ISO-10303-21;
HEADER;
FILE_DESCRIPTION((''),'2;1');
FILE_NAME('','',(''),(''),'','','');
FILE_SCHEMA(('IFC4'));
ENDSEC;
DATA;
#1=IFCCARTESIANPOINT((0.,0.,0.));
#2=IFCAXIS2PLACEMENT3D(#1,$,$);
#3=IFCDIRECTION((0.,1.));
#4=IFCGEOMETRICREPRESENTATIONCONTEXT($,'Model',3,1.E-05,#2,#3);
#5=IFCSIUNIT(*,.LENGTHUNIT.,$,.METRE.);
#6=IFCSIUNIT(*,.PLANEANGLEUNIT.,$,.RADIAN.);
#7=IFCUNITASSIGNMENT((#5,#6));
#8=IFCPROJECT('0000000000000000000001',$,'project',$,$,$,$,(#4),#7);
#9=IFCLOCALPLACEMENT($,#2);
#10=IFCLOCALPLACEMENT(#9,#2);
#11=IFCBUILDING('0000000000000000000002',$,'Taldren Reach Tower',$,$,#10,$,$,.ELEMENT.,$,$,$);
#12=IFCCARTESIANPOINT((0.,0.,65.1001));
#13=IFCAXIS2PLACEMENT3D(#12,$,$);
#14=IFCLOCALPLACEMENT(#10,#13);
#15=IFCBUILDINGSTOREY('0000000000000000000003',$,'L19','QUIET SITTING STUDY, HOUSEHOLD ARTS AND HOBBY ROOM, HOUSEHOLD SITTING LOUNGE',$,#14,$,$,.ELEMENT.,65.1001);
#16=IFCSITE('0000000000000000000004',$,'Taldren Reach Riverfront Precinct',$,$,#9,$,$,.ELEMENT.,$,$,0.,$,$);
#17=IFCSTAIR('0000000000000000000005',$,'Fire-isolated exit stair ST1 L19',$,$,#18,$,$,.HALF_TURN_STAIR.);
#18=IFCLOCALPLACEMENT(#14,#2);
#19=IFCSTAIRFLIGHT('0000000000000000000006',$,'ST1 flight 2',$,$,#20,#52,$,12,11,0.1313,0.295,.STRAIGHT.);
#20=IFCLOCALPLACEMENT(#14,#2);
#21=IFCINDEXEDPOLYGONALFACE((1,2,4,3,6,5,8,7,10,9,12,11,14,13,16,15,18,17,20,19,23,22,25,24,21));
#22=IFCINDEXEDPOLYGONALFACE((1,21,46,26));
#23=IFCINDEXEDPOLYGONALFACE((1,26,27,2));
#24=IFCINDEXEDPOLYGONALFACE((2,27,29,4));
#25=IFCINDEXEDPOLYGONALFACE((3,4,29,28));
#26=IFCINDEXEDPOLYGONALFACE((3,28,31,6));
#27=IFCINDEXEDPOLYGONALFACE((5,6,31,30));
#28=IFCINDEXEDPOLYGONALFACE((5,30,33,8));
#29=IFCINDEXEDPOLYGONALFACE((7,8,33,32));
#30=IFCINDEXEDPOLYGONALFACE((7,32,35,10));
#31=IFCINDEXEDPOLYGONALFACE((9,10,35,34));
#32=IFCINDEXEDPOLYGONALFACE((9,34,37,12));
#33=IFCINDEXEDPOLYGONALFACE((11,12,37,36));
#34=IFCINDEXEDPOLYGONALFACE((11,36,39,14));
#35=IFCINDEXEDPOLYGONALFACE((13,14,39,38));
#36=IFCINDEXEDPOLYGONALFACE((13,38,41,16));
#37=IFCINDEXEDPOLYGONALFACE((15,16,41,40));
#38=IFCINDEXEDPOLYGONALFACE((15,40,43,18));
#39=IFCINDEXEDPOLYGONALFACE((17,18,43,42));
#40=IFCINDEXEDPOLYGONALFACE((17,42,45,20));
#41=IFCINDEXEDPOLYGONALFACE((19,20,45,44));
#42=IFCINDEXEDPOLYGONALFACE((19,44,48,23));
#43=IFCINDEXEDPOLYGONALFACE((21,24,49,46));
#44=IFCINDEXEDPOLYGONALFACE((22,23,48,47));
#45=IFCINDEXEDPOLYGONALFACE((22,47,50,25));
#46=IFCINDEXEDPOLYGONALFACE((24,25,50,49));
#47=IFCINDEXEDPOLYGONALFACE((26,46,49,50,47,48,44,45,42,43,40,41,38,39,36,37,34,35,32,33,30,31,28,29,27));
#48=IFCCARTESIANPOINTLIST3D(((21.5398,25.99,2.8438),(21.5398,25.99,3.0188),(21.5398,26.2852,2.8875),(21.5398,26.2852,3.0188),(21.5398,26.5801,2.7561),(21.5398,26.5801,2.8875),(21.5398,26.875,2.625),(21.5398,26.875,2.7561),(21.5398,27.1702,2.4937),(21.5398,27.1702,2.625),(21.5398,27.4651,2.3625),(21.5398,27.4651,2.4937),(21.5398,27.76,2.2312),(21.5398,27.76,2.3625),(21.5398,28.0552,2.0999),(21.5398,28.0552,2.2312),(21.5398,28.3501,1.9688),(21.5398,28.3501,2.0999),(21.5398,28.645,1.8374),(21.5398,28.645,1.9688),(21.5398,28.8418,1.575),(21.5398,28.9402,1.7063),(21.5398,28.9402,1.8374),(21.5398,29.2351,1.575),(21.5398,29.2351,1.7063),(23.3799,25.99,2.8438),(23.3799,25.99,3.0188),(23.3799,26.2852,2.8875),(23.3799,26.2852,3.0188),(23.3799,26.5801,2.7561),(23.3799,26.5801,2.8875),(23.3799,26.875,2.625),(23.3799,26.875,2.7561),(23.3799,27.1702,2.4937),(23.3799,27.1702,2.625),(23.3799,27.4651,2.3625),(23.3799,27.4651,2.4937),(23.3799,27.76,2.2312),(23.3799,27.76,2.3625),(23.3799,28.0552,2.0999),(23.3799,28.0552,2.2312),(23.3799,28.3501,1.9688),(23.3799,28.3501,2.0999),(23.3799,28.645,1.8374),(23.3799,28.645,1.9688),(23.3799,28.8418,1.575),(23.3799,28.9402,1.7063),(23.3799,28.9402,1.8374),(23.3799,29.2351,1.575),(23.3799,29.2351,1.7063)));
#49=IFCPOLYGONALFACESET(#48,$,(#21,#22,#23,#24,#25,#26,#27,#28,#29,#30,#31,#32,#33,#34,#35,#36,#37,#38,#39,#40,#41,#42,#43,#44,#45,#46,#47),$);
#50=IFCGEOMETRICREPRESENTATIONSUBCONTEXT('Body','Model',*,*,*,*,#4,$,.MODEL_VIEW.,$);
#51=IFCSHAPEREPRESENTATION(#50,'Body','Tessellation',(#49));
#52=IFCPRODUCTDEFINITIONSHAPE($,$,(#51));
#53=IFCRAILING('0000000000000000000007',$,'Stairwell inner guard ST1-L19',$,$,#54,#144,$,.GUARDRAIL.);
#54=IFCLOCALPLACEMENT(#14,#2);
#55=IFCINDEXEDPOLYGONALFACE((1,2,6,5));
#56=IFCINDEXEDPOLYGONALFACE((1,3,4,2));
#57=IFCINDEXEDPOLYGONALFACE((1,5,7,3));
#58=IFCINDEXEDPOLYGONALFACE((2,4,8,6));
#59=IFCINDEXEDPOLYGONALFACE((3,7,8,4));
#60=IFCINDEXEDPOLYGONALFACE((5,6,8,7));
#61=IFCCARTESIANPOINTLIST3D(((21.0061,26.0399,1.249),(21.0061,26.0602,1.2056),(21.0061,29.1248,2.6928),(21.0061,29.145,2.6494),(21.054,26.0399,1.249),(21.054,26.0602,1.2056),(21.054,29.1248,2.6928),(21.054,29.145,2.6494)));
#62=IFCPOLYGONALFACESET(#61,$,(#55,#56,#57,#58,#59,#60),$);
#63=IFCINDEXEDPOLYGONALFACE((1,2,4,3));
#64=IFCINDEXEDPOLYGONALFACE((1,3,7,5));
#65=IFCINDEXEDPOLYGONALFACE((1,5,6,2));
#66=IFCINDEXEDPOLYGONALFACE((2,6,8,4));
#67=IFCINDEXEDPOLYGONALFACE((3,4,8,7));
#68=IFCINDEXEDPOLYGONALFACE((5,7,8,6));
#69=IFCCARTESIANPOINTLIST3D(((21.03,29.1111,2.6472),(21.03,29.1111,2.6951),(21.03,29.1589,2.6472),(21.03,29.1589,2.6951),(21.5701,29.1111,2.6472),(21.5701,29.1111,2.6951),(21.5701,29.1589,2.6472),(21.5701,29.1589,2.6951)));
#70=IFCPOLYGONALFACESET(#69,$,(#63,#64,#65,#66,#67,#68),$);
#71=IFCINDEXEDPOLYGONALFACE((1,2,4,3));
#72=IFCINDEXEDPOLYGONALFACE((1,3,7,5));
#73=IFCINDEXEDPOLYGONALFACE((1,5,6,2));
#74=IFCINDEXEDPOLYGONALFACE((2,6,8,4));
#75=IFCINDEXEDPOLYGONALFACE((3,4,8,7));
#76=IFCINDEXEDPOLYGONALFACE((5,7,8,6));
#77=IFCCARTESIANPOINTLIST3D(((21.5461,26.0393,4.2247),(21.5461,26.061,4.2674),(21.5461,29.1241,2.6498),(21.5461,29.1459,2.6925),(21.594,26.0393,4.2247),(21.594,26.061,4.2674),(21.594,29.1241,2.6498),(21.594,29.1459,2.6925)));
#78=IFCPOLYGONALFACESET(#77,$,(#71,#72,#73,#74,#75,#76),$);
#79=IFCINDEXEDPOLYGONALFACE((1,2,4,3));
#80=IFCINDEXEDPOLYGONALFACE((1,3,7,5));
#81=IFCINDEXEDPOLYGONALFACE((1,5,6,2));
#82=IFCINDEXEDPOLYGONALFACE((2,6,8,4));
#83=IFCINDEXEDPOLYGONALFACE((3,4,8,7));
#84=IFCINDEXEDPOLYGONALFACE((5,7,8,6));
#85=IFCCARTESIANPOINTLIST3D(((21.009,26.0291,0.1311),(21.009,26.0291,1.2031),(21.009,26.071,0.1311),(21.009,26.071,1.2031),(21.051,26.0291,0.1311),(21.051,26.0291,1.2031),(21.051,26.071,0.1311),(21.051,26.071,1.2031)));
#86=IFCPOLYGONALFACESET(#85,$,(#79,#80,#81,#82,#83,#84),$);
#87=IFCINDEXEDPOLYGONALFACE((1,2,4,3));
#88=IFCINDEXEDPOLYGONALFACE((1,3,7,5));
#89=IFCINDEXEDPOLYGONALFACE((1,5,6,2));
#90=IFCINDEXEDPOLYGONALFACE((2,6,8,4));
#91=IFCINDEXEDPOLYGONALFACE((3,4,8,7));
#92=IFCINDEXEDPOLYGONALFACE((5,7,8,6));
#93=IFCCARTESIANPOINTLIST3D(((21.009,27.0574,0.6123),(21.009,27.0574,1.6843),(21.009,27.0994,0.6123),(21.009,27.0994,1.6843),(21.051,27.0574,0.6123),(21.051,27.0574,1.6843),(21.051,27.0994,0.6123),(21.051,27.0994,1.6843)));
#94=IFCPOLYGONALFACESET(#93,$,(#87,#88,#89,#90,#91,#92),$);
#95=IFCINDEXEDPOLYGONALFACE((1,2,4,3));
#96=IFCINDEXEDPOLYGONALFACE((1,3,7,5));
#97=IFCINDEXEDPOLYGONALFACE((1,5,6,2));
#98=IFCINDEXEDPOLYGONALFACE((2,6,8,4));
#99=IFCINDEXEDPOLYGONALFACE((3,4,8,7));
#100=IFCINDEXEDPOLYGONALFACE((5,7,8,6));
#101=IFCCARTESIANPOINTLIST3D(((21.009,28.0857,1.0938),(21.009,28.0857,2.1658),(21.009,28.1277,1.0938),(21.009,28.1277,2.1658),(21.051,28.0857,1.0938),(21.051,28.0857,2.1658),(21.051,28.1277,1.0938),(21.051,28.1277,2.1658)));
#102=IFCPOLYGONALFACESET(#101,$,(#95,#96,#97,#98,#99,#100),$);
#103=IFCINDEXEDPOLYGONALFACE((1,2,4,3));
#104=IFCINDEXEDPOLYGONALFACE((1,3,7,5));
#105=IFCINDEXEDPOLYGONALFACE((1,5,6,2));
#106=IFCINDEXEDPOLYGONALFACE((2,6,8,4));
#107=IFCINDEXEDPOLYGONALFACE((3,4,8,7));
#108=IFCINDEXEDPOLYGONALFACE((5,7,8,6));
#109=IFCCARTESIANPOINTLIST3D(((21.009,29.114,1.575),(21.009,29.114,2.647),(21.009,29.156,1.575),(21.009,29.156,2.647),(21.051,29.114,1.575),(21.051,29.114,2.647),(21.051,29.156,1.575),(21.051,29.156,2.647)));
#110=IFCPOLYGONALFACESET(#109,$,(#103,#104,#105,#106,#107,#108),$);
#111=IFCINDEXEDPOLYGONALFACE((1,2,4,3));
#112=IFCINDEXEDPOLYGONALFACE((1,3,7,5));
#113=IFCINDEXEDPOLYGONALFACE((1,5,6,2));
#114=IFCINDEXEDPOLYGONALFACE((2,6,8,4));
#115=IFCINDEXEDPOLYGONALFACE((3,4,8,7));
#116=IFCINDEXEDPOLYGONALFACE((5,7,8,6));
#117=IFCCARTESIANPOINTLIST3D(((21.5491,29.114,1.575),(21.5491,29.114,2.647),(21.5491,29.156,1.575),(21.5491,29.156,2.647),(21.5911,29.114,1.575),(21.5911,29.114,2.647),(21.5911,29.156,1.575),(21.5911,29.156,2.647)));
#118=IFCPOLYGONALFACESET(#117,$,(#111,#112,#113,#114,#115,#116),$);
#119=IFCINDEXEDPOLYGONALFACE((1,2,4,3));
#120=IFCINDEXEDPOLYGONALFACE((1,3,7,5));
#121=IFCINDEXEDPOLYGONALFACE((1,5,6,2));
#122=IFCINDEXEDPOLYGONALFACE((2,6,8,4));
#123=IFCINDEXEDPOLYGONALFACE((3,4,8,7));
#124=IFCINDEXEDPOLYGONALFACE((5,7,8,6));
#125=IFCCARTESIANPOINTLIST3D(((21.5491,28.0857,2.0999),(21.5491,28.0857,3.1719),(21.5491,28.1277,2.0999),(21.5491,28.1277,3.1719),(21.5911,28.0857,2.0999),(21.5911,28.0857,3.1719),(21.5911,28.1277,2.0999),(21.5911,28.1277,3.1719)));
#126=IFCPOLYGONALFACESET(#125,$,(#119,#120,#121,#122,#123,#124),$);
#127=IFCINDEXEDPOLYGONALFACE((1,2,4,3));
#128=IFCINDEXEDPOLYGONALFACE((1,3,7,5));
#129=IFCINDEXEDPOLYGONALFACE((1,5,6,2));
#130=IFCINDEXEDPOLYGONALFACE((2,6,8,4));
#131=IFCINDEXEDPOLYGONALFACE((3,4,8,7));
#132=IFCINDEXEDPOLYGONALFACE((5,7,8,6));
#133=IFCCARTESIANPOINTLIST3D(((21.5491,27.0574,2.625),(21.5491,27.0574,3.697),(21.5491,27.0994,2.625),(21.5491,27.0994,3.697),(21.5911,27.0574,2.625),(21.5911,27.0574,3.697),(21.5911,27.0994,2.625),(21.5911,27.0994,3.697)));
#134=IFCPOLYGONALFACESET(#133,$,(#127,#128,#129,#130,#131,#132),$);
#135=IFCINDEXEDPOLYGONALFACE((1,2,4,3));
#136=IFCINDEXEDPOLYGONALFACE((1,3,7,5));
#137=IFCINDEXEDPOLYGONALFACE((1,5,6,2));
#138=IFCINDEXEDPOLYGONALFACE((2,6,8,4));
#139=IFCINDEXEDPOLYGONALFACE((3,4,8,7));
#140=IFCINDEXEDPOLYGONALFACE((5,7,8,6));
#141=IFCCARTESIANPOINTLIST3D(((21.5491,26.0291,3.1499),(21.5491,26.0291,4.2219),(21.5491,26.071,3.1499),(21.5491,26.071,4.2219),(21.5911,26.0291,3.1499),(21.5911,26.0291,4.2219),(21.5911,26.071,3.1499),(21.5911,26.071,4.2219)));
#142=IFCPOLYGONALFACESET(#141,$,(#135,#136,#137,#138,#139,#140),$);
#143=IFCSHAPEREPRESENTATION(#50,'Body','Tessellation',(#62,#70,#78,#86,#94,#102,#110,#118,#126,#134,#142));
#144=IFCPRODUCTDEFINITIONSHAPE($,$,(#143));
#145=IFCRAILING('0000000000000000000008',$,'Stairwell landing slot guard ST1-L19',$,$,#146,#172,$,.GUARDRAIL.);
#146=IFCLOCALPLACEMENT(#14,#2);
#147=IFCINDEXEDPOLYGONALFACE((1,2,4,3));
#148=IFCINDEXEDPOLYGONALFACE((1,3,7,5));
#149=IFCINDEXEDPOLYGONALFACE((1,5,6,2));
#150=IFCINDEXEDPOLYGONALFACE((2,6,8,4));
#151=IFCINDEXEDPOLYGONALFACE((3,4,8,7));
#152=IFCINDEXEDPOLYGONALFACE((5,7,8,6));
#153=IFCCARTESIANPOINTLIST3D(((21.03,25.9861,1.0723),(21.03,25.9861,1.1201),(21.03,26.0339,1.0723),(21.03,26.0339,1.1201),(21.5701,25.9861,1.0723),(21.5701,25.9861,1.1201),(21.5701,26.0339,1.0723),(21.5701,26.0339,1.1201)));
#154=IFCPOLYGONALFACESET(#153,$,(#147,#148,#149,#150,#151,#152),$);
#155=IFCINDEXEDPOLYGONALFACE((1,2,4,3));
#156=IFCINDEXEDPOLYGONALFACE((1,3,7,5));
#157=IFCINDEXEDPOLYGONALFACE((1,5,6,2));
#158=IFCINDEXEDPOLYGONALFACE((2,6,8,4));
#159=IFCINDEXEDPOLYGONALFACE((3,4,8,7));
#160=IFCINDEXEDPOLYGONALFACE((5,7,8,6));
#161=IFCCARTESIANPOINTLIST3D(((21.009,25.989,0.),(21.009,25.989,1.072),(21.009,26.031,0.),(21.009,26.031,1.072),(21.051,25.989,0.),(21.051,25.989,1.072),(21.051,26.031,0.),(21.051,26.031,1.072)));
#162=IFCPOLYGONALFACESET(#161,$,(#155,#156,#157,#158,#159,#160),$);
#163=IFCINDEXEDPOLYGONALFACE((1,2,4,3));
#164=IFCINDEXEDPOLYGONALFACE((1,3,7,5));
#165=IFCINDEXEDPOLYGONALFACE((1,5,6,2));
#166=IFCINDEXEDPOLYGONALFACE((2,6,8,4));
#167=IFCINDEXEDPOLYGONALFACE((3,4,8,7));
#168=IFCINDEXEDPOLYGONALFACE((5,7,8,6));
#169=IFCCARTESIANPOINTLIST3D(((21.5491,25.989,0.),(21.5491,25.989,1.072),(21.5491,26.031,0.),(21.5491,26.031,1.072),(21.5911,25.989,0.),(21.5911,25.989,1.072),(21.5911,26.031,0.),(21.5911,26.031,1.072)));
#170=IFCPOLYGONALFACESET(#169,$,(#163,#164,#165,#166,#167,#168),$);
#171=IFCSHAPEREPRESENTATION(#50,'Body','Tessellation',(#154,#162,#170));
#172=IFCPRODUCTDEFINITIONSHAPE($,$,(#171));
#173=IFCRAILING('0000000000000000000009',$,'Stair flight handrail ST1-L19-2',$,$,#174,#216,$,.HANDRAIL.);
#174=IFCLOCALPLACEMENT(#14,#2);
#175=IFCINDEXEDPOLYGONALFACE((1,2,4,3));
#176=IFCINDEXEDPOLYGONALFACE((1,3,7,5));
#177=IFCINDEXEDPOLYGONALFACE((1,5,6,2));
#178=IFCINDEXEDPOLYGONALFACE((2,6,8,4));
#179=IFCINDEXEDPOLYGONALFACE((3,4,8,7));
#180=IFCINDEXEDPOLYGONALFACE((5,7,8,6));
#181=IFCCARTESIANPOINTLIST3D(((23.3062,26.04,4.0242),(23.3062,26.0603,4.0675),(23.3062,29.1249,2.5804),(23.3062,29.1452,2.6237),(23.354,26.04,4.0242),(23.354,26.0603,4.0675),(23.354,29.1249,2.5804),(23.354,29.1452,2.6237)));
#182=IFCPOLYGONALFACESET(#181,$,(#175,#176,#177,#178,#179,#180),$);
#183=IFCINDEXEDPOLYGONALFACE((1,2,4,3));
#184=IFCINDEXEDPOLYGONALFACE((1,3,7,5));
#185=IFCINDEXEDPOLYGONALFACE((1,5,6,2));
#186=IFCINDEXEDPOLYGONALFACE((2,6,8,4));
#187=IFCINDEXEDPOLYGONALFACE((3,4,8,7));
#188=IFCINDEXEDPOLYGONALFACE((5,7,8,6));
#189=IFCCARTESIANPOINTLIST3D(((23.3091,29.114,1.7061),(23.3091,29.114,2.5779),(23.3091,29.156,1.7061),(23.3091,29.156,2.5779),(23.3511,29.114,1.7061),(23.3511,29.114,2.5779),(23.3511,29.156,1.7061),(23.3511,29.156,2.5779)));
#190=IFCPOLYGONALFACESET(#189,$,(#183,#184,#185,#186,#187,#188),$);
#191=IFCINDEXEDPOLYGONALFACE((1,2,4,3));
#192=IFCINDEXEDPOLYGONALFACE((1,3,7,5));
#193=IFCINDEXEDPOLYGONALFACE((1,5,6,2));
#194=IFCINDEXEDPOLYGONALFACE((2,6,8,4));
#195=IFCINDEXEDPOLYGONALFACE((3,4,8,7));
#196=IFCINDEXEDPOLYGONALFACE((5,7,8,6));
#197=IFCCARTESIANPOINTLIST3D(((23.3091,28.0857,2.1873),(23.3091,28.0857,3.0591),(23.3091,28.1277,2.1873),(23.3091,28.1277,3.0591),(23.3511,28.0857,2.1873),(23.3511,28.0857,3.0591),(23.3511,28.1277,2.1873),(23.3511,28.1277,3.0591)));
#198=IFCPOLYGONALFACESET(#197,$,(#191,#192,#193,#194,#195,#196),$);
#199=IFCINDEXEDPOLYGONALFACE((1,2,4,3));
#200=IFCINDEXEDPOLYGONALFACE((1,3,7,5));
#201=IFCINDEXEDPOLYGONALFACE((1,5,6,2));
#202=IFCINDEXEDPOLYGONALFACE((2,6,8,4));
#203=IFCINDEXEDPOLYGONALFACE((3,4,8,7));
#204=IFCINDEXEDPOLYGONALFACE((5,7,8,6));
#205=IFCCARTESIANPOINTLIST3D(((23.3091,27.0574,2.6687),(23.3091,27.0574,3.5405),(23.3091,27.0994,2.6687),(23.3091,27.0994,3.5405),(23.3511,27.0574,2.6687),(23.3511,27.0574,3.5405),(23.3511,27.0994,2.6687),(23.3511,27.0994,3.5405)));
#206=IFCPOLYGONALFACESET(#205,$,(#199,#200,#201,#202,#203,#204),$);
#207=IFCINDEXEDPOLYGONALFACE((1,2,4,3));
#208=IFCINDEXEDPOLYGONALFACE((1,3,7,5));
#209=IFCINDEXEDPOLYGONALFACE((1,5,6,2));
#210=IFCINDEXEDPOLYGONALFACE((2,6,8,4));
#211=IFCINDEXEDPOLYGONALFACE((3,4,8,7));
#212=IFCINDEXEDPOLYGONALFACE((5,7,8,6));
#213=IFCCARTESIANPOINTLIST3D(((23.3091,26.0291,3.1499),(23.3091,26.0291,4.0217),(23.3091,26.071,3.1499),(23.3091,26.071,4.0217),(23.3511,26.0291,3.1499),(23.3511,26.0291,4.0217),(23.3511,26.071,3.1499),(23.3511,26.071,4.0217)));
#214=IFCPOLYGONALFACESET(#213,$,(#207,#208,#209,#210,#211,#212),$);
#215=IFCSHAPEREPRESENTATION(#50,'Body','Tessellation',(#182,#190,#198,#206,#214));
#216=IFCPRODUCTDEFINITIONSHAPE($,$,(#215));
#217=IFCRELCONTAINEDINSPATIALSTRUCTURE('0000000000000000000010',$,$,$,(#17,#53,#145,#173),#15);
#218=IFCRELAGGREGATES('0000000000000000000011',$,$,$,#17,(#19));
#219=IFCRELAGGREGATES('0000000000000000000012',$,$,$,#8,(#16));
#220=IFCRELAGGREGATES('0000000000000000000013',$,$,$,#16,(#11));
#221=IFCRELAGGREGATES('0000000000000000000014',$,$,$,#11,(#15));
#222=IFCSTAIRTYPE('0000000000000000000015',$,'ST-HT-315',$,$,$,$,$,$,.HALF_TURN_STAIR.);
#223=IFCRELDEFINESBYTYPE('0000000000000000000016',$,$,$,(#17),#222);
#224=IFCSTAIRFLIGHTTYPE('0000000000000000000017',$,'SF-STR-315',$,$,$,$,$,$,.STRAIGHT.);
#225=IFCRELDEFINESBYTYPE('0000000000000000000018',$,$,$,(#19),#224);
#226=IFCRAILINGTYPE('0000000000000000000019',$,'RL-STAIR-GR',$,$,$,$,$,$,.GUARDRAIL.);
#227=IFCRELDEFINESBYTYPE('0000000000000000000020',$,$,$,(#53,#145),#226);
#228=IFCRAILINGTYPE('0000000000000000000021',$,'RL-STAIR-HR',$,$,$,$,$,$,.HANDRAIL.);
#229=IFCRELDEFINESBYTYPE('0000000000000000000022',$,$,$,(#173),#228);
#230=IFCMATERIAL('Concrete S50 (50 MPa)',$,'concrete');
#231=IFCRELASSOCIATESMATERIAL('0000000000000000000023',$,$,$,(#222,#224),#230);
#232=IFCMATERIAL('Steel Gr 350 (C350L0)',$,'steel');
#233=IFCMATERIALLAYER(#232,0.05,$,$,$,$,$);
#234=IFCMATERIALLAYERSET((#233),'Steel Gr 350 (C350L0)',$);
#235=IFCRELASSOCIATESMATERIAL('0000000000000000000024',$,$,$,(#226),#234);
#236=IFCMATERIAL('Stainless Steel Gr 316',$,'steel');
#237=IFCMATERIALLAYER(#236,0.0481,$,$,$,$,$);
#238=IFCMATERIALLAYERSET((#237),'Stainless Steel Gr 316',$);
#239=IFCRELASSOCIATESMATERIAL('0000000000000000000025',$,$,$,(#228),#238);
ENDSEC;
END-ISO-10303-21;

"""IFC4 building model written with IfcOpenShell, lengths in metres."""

from ifc_helpers import new_model, si_unit, direction, frame, origin, origin_2d, place, context, subcontext, project, spatial, polyline, rectangle, outline, extrude, material, layer, layer_set, type_object, element, aggregate, save


model = new_model("IFC4")

# Units and contexts
model_context = context("Model", 3, precision=1e-05, world=origin(), true_north=direction((0.0, 1.0)))
body_context = subcontext(model_context, "Body", "Model", "MODEL_VIEW")
ifc_project = project(units=[si_unit("LENGTHUNIT", "METRE"), si_unit("PLANEANGLEUNIT", "RADIAN")], contexts=[model_context])

# Site, building, storey
site_placement = place(None, origin())
site = spatial("IfcSite", under=ifc_project, at=site_placement, Name="Taldren Reach Riverfront Precinct", CompositionType="ELEMENT", RefElevation=0.0)
building_placement = place(site_placement, origin())
building = spatial("IfcBuilding", under=site, at=building_placement, Name="Taldren Reach Tower", CompositionType="ELEMENT")
storey_placement = place(building_placement, frame((0.0, 0.0, 65.1001)))
storey = spatial("IfcBuildingStorey", under=building, at=storey_placement, Name="L19", Description="QUIET SITTING STUDY, HOUSEHOLD ARTS AND HOBBY ROOM, HOUSEHOLD SITTING LOUNGE", CompositionType="ELEMENT", Elevation=65.1001)

# Shared definitions
ifc_material_1 = material(Name="Concrete S50 (50 MPa)", Category="concrete")

# Stair, stair flight
stair_type = type_object("IfcStairType", Name="ST-HT-315", PredefinedType="HALF_TURN_STAIR", material=ifc_material_1)
stair_placement = place(storey_placement, origin())
stair = element("IfcStair", 1, at=stair_placement, inside=storey, type_object=stair_type, Name="Fire-isolated exit stair ST1 L19", PredefinedType="HALF_TURN_STAIR")
stair_flight_type = type_object("IfcStairFlightType", Name="SF-STR-315", PredefinedType="STRAIGHT", material=ifc_material_1)
stair_flight_placement = place(storey_placement, frame((22.46, 29.2351, 1.575), z_axis=(0.0, 0.0, 1.0), x_axis=(0.0, -1.0, 0.0)))
stair_flight = element("IfcStairFlight", 2, at=stair_flight_placement, type_object=stair_flight_type, Name="ST1 flight 2", NumberOfRisers=12, NumberOfTreads=11, PredefinedType="STRAIGHT", RiserHeight=0.1313, TreadLength=0.295, context=body_context, shape_type="SweptSolid", body=[
    extrude(outline(polyline([(0.0, 0.0), (0.0, 0.1313), (0.2949, 0.1313), (0.2949, 0.2625), (0.5901, 0.2625), (0.5901, 0.3938), (0.885, 0.3938), (0.885, 0.5249), (1.1799, 0.5249), (1.1799, 0.6562), (1.4751, 0.6562), (1.4751, 0.7876), (1.77, 0.7876), (1.77, 0.9187), (2.0649, 0.9187), (2.0649, 1.05), (2.3601, 1.05), (2.3601, 1.1812), (2.655, 1.1812), (2.655, 1.3125), (2.95, 1.3125), (2.95, 1.4438), (3.2451, 1.4438), (3.2451, 1.575), (3.2451, 1.2688), (0.3933, 0.0), (0.0, 0.0)])), frame((0.0, 0.9199, 0.0), z_axis=(0.0, -1.0, 0.0), x_axis=(1.0, 0.0, 0.0)), (0.0, 0.0, 1.0), 1.8401),
])
aggregate(stair, [stair_flight])

# Railings
ifc_material_2 = material(Name="Steel Gr 350 (C350L0)", Category="steel")
ifc_layer_1 = layer(ifc_material_2, 0.05)
ifc_layer_set_1 = layer_set([ifc_layer_1], Name="Steel Gr 350 (C350L0)")
railing_type_1 = type_object("IfcRailingType", Name="RL-STAIR-GR", PredefinedType="GUARDRAIL", material=ifc_layer_set_1)
railing_1_placement = place(storey_placement, frame((21.03, 26.05, 0.1311)))
element("IfcRailing", 3, at=railing_1_placement, inside=storey, type_object=railing_type_1, Name="Stairwell inner guard ST1-L19", PredefinedType="GUARDRAIL", context=body_context, shape_type="SweptSolid", body=[
    extrude(rectangle(XDim=0.0479, YDim=0.0479, at=origin_2d()), frame((0.0, 0.0, 1.0962), z_axis=(0.0, 0.90571, 0.423898), x_axis=(-1.0, 0.0, 0.0)), (0.0, 0.0, 1.0), 3.406),
    extrude(rectangle(XDim=0.0479, YDim=0.0479, at=origin_2d()), frame((0.0, 3.085, 2.54), z_axis=(1.0, 0.0, 0.0), x_axis=(0.0, 1.0, 0.0)), (0.0, 0.0, 1.0), 0.54),
    extrude(rectangle(XDim=0.0479, YDim=0.0479, at=origin_2d()), frame((0.54, 3.085, 2.54), z_axis=(0.0, -0.890646, 0.454697), x_axis=(1.0, 0.0, 0.0)), (0.0, 0.0, 1.0), 3.4636),
    extrude(rectangle(XDim=0.042, YDim=0.042, at=origin_2d()), origin(), (0.0, 0.0, 1.0), 1.072),
    extrude(rectangle(XDim=0.042, YDim=0.042, at=origin_2d()), frame((0.0, 1.0283, 0.4812)), (0.0, 0.0, 1.0), 1.072),
    extrude(rectangle(XDim=0.042, YDim=0.042, at=origin_2d()), frame((0.0, 2.0566, 0.9626)), (0.0, 0.0, 1.0), 1.072),
    extrude(rectangle(XDim=0.042, YDim=0.042, at=origin_2d()), frame((0.0, 3.085, 1.4438)), (0.0, 0.0, 1.0), 1.072),
    extrude(rectangle(XDim=0.042, YDim=0.042, at=origin_2d()), frame((0.54, 3.085, 1.4438)), (0.0, 0.0, 1.0), 1.072),
    extrude(rectangle(XDim=0.042, YDim=0.042, at=origin_2d()), frame((0.54, 2.0566, 1.9688)), (0.0, 0.0, 1.0), 1.072),
    extrude(rectangle(XDim=0.042, YDim=0.042, at=origin_2d()), frame((0.54, 1.0283, 2.4939)), (0.0, 0.0, 1.0), 1.072),
    extrude(rectangle(XDim=0.042, YDim=0.042, at=origin_2d()), frame((0.54, 0.0, 3.0188)), (0.0, 0.0, 1.0), 1.072),
])
railing_2_placement = place(storey_placement, frame((21.03, 26.01, 0.0)))
element("IfcRailing", 4, at=railing_2_placement, inside=storey, type_object=railing_type_1, Name="Stairwell landing slot guard ST1-L19", PredefinedType="GUARDRAIL", context=body_context, shape_type="SweptSolid", body=[
    extrude(rectangle(XDim=0.0479, YDim=0.0479, at=origin_2d()), frame((0.0, 0.0, 1.0962), z_axis=(1.0, 0.0, 0.0), x_axis=(0.0, 1.0, 0.0)), (0.0, 0.0, 1.0), 0.54),
    extrude(rectangle(XDim=0.042, YDim=0.042, at=origin_2d()), origin(), (0.0, 0.0, 1.0), 1.072),
    extrude(rectangle(XDim=0.042, YDim=0.042, at=origin_2d()), frame((0.54, 0.0, 0.0)), (0.0, 0.0, 1.0), 1.072),
])
ifc_material_3 = material(Name="Stainless Steel Gr 316", Category="steel")
ifc_layer_2 = layer(ifc_material_3, 0.0481)
ifc_layer_set_2 = layer_set([ifc_layer_2], Name="Stainless Steel Gr 316")
railing_type_2 = type_object("IfcRailingType", Name="RL-STAIR-HR", PredefinedType="HANDRAIL", material=ifc_layer_set_2)
railing_3_placement = place(storey_placement, frame((23.3301, 29.135, 1.7061)))
element("IfcRailing", 5, at=railing_3_placement, inside=storey, type_object=railing_type_2, Name="Stair flight handrail ST1-L19-2", PredefinedType="HANDRAIL", context=body_context, shape_type="SweptSolid", body=[
    extrude(rectangle(XDim=0.0479, YDim=0.0479, at=origin_2d()), frame((0.0, 0.0, 0.896), z_axis=(0.0, -0.90571, 0.423898), x_axis=(1.0, 0.0, 0.0)), (0.0, 0.0, 1.0), 3.406),
    extrude(rectangle(XDim=0.042, YDim=0.042, at=origin_2d()), origin(), (0.0, 0.0, 1.0), 0.8718),
    extrude(rectangle(XDim=0.042, YDim=0.042, at=origin_2d()), frame((0.0, -1.0283, 0.4812)), (0.0, 0.0, 1.0), 0.8718),
    extrude(rectangle(XDim=0.042, YDim=0.042, at=origin_2d()), frame((0.0, -2.0566, 0.9626)), (0.0, 0.0, 1.0), 0.8718),
    extrude(rectangle(XDim=0.042, YDim=0.042, at=origin_2d()), frame((0.0, -3.085, 1.4438)), (0.0, 0.0, 1.0), 0.8718),
])

save(model, "model.ifc")
